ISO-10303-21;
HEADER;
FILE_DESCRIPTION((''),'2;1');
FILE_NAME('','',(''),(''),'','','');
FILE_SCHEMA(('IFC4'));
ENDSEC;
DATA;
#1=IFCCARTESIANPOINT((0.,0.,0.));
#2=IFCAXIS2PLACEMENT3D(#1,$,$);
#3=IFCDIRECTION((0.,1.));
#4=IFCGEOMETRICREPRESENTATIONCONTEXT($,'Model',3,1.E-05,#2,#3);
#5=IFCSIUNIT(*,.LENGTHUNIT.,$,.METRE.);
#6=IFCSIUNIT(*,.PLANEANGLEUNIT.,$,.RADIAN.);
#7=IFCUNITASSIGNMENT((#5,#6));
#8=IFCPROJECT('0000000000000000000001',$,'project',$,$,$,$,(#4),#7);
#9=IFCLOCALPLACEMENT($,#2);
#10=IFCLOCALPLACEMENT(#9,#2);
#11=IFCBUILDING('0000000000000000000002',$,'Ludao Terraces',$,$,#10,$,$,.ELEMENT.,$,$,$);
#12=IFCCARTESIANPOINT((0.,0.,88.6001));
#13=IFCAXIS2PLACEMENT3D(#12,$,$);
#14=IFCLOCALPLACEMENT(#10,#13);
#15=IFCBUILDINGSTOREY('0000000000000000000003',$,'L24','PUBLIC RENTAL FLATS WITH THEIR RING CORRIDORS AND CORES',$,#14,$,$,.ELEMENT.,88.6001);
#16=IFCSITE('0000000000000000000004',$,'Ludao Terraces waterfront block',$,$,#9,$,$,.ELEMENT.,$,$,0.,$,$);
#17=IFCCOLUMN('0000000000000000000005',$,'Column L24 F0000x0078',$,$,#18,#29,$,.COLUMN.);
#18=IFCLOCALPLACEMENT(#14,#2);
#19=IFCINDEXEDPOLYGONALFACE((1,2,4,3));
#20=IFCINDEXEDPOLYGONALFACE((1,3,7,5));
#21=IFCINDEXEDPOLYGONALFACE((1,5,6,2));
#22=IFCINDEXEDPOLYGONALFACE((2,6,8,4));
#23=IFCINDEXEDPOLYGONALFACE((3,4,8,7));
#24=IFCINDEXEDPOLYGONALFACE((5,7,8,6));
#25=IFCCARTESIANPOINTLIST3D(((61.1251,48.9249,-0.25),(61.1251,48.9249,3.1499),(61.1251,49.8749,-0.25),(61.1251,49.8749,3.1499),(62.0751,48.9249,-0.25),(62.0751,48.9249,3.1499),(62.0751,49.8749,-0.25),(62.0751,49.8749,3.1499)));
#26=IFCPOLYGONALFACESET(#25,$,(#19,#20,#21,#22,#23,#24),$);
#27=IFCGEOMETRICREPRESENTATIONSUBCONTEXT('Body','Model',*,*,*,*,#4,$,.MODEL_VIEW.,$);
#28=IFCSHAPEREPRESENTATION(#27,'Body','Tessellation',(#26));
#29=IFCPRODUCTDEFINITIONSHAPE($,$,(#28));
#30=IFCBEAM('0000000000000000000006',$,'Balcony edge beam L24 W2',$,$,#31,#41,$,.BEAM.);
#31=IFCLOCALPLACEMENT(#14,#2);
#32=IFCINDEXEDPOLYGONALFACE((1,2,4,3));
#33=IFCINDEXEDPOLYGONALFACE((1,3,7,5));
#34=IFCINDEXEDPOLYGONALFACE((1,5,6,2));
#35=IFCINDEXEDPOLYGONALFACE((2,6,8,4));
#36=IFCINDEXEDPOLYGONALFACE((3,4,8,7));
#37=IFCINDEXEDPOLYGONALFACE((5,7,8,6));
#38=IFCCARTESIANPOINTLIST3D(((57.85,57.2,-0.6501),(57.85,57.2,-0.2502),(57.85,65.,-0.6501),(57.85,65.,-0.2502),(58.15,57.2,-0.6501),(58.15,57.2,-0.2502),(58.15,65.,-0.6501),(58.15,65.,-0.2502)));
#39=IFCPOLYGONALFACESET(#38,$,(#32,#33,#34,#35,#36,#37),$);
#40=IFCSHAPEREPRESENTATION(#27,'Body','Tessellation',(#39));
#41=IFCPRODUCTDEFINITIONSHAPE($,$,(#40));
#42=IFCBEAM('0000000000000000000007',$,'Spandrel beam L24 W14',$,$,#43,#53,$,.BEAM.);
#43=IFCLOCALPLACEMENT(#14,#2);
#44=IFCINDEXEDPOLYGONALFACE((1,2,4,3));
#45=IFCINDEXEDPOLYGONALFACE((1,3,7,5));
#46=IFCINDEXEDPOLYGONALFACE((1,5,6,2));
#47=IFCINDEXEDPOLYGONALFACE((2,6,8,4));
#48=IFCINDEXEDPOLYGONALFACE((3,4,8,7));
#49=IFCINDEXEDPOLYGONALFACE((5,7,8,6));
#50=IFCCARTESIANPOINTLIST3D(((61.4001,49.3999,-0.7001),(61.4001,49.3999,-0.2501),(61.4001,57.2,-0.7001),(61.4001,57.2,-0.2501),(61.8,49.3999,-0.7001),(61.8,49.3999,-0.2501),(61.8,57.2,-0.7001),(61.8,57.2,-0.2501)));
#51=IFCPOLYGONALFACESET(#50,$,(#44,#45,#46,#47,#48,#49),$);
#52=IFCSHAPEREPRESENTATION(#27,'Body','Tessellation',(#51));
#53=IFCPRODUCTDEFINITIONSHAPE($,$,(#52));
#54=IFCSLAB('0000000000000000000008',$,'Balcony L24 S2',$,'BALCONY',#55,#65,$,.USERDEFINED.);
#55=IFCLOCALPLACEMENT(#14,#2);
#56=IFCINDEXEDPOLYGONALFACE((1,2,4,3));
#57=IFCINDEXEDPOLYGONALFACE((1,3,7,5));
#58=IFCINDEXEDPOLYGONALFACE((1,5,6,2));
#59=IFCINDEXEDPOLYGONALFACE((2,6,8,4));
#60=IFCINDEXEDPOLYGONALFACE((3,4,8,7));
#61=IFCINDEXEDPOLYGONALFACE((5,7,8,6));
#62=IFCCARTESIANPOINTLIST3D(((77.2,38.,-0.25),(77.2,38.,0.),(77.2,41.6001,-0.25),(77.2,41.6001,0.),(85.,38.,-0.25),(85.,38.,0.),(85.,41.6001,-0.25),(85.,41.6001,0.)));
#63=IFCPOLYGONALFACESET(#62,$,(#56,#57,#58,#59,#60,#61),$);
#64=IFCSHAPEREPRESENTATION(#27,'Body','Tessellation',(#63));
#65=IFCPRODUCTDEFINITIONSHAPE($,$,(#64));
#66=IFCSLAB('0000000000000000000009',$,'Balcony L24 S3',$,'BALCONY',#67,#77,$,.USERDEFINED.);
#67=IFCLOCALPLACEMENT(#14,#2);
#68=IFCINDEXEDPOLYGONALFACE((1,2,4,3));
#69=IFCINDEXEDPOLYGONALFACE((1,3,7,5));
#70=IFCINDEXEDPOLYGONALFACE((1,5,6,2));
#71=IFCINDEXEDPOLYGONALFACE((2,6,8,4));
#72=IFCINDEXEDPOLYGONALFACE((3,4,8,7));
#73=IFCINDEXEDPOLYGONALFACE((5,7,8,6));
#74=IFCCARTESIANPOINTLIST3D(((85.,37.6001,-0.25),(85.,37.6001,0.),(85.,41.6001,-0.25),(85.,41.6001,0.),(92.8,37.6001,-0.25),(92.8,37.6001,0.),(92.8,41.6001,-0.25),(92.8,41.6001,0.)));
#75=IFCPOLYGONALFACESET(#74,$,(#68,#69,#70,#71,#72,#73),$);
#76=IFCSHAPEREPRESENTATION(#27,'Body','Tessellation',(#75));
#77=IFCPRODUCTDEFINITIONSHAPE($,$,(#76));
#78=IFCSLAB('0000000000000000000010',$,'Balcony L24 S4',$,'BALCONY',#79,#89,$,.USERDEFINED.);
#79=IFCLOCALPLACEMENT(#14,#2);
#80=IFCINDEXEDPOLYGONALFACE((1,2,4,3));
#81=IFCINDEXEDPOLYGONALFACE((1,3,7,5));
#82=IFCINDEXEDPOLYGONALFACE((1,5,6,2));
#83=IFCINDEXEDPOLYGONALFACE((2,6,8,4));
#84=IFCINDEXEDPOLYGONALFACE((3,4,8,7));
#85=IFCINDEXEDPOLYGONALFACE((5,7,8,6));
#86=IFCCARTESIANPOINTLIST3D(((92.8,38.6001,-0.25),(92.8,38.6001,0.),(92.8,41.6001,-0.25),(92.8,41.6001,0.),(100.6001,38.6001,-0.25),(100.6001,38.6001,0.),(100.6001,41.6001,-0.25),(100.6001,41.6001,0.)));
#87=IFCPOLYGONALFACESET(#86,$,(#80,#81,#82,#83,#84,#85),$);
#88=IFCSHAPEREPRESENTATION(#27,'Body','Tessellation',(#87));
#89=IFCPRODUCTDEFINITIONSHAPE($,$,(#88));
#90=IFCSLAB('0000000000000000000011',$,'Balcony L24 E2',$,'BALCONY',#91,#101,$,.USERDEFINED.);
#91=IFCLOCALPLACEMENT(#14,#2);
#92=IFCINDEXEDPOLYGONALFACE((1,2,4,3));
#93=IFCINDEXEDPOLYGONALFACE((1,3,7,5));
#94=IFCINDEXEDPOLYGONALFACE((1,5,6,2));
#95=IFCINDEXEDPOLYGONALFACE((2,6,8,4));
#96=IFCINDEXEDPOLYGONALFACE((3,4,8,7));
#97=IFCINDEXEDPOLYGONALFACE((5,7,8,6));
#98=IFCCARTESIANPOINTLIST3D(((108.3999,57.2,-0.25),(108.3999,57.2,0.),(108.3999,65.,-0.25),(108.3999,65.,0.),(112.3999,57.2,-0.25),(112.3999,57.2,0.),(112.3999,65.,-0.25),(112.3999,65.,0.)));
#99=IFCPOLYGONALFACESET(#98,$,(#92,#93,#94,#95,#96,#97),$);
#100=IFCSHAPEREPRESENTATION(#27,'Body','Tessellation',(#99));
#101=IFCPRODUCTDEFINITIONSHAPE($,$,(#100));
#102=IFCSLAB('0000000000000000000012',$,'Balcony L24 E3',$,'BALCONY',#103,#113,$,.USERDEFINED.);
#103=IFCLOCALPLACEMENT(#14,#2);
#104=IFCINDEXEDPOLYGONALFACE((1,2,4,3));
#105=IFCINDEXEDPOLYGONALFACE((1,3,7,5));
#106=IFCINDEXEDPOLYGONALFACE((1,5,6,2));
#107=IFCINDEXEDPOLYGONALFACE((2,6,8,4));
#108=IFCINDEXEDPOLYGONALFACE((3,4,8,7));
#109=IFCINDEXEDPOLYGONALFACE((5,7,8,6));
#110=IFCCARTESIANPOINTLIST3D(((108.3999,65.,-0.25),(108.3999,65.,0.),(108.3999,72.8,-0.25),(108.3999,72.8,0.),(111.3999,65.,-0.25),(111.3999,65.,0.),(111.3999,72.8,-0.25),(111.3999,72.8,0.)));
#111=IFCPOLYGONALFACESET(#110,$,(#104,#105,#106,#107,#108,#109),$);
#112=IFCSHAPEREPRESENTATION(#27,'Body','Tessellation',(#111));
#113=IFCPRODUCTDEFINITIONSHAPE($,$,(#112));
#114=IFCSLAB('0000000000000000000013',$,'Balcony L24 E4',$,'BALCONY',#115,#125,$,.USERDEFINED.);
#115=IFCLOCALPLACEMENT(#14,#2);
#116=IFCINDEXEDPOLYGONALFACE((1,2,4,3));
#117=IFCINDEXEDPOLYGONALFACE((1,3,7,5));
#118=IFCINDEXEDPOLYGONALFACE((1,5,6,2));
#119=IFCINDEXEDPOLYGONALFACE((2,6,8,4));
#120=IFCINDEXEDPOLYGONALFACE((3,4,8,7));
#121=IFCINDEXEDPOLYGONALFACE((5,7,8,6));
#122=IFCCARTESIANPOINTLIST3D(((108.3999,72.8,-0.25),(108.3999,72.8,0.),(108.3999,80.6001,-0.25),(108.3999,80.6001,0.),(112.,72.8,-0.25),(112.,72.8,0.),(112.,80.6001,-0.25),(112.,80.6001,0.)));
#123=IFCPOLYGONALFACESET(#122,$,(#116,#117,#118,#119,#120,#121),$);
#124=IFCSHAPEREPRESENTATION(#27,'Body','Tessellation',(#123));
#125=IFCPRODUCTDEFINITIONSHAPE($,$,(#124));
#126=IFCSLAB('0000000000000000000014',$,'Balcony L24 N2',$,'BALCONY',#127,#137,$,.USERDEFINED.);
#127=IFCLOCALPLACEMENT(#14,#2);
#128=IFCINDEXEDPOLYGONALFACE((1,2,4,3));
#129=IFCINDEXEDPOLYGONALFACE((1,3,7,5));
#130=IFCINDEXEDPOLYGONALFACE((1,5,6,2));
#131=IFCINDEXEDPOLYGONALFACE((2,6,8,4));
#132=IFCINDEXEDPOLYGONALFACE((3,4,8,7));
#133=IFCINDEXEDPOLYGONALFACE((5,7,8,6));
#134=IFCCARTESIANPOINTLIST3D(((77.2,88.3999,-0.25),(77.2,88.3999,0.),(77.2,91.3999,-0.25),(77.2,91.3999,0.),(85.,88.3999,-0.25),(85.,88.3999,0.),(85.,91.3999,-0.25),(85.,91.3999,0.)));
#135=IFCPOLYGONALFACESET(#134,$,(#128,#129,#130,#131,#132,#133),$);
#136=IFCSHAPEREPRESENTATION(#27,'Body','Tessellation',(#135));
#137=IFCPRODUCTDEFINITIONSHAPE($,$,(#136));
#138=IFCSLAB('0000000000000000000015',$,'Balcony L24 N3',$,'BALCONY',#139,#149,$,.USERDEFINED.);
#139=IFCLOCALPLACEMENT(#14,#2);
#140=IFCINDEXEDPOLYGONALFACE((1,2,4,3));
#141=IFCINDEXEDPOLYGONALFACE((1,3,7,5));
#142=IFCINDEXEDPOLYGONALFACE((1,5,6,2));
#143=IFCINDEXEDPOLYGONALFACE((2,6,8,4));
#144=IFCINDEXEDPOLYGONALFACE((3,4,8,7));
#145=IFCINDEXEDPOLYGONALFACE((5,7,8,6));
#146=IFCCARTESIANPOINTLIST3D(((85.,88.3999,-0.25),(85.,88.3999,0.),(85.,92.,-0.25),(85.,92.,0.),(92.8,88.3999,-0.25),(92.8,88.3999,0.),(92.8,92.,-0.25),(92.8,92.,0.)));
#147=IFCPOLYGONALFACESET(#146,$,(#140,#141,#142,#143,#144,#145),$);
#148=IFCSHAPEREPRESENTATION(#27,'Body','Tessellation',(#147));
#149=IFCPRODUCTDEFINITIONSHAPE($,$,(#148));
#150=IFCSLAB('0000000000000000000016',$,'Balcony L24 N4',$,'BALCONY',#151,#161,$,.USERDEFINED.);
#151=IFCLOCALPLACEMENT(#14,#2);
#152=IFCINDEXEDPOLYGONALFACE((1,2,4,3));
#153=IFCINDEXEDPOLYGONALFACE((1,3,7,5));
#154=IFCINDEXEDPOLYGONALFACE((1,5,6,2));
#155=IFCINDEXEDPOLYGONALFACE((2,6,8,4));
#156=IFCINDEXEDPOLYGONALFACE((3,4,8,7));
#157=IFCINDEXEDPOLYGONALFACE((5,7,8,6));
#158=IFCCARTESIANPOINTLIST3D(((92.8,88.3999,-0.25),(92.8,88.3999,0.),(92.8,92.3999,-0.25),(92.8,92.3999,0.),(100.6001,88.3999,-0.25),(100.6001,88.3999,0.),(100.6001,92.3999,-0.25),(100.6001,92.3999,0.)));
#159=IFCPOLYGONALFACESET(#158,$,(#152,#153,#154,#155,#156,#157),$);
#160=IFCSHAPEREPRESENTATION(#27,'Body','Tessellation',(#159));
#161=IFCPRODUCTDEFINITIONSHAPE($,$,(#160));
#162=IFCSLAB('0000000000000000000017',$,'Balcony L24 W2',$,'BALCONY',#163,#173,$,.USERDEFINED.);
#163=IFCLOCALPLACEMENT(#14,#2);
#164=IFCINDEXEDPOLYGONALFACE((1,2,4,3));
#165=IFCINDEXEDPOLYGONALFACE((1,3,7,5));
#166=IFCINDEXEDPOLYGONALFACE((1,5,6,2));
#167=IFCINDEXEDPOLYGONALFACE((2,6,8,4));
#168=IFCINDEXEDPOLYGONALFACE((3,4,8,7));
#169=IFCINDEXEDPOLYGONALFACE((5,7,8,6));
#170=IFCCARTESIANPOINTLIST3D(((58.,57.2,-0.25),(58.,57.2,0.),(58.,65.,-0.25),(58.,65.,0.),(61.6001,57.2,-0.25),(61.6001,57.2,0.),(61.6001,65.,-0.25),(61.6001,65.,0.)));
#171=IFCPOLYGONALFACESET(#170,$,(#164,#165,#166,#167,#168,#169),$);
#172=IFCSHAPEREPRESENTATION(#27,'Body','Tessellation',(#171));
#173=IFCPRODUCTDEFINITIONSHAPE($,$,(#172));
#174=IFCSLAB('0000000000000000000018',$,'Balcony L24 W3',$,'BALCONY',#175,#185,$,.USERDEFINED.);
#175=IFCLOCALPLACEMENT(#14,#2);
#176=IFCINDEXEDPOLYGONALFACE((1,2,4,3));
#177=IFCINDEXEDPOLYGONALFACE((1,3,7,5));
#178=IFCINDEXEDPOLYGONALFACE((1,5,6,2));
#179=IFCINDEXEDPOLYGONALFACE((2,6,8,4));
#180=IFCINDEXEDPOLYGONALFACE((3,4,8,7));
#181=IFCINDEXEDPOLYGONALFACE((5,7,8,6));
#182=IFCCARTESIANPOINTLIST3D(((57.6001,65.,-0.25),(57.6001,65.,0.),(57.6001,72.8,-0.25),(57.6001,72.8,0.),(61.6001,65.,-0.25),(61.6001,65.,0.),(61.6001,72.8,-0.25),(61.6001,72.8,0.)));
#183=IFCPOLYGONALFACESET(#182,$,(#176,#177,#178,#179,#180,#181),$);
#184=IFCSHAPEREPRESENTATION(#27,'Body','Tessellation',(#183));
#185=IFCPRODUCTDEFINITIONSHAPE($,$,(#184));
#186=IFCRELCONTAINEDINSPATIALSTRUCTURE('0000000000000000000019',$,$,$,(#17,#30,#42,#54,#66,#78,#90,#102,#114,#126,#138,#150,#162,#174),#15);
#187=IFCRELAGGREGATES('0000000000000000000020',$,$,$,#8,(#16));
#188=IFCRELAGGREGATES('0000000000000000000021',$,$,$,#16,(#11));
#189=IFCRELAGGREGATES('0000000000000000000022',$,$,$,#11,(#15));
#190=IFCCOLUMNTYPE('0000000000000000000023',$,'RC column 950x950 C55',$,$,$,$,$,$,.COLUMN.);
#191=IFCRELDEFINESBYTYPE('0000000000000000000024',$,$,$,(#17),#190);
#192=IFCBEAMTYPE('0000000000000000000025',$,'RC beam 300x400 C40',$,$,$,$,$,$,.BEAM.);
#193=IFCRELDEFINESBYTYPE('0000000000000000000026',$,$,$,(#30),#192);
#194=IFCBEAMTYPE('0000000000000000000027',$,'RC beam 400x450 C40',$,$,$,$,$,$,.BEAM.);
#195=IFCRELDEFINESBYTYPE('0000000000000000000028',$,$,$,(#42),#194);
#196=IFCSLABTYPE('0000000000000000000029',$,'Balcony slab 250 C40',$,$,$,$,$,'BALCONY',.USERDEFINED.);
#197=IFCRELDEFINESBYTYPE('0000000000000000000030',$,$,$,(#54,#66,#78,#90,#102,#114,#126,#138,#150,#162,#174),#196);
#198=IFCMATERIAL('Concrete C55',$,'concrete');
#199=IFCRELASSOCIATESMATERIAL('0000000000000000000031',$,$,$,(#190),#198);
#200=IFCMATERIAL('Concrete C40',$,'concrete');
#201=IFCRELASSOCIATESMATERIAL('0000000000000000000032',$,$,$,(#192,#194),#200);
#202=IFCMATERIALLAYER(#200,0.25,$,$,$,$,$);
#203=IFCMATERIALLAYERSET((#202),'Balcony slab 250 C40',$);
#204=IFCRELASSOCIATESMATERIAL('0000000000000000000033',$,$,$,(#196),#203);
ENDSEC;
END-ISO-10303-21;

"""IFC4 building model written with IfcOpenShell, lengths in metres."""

from ifc_helpers import new_model, si_unit, direction, frame, origin, origin_2d, place, context, subcontext, project, spatial, polyline, rectangle, outline, extrude, material, layer, layer_set, material_profile, profile_set, type_object, element, save


model = new_model("IFC4")

# Units and contexts
model_context = context("Model", 3, precision=1e-05, world=origin(), true_north=direction((0.0, 1.0)))
body_context = subcontext(model_context, "Body", "Model", "MODEL_VIEW")
ifc_project = project(units=[si_unit("LENGTHUNIT", "METRE"), si_unit("PLANEANGLEUNIT", "RADIAN")], contexts=[model_context])

# Site, building, storey
site_placement = place(None, origin())
site = spatial("IfcSite", under=ifc_project, at=site_placement, Name="Ludao Terraces waterfront block", CompositionType="ELEMENT", RefElevation=0.0)
building_placement = place(site_placement, origin())
building = spatial("IfcBuilding", under=site, at=building_placement, Name="Ludao Terraces", CompositionType="ELEMENT")
storey_placement = place(building_placement, frame((0.0, 0.0, 88.6001)))
storey = spatial("IfcBuildingStorey", under=building, at=storey_placement, Name="L24", Description="PUBLIC RENTAL FLATS WITH THEIR RING CORRIDORS AND CORES", CompositionType="ELEMENT", Elevation=88.6001)

# Column
ifc_material_1 = material(Name="Concrete C55", Category="concrete")
ifc_material_profile_1 = material_profile(ifc_material_1, rectangle(XDim=0.95, YDim=0.95, at=origin_2d()), Name="950 X 950")
ifc_profile_set_1 = profile_set([ifc_material_profile_1], Name="Concrete C55")
column_type = type_object("IfcColumnType", Name="RC column 950x950 C55", PredefinedType="COLUMN", material=ifc_profile_set_1)
column_placement = place(storey_placement, frame((61.6001, 49.3999, -0.25), z_axis=(0.0, 0.0, 1.0), x_axis=(1.0, 0.0, 0.0)))
element("IfcColumn", 1, at=column_placement, inside=storey, type_object=column_type, Name="Column L24 F0000x0078", PredefinedType="COLUMN", context=body_context, shape_type="SweptSolid", body=[
    extrude(rectangle(XDim=0.95, YDim=0.95, at=origin_2d()), origin(), (0.0, 0.0, 1.0), 3.3999),
])

# Beams
ifc_material_2 = material(Name="Concrete C40", Category="concrete")
ifc_material_profile_2 = material_profile(ifc_material_2, rectangle(XDim=0.3, YDim=0.3999, at=origin_2d()), Name="300 X 400")
ifc_profile_set_2 = profile_set([ifc_material_profile_2], Name="Concrete C40")
beam_type_1 = type_object("IfcBeamType", Name="RC beam 300x400 C40", PredefinedType="BEAM", material=ifc_profile_set_2)
beam_1_placement = place(storey_placement, frame((58.0, 57.2, -0.4502), z_axis=(0.0, 1.0, 0.0), x_axis=(-1.0, 0.0, 0.0)))
element("IfcBeam", 2, at=beam_1_placement, inside=storey, type_object=beam_type_1, Name="Balcony edge beam L24 W2", PredefinedType="BEAM", context=body_context, shape_type="SweptSolid", body=[
    extrude(rectangle(XDim=0.3, YDim=0.3999, at=origin_2d()), origin(), (0.0, 0.0, 1.0), 7.8),
])
ifc_material_profile_3 = material_profile(ifc_material_2, rectangle(XDim=0.3999, YDim=0.45, at=origin_2d()), Name="400 X 450")
ifc_profile_set_3 = profile_set([ifc_material_profile_3], Name="Concrete C40")
beam_type_2 = type_object("IfcBeamType", Name="RC beam 400x450 C40", PredefinedType="BEAM", material=ifc_profile_set_3)
beam_2_placement = place(storey_placement, frame((61.6001, 49.3999, -0.4751), z_axis=(0.0, 1.0, 0.0), x_axis=(-1.0, 0.0, 0.0)))
element("IfcBeam", 3, at=beam_2_placement, inside=storey, type_object=beam_type_2, Name="Spandrel beam L24 W14", PredefinedType="BEAM", context=body_context, shape_type="SweptSolid", body=[
    extrude(rectangle(XDim=0.3999, YDim=0.45, at=origin_2d()), origin(), (0.0, 0.0, 1.0), 7.8),
])

# Slabs
ifc_layer_1 = layer(ifc_material_2, 0.25)
ifc_layer_set_1 = layer_set([ifc_layer_1], Name="Balcony slab 250 C40")
slab_type_1 = type_object("IfcSlabType", Name="Balcony slab 250 C40", ElementType="BALCONY", PredefinedType="USERDEFINED", material=ifc_layer_set_1)
slab_1_placement = place(storey_placement, frame((0.0, 0.0, -0.25)))
element("IfcSlab", 4, at=slab_1_placement, inside=storey, type_object=slab_type_1, Name="Balcony L24 S2", ObjectType="BALCONY", PredefinedType="USERDEFINED", context=body_context, shape_type="SweptSolid", body=[
    extrude(outline(polyline([(77.2, 38.0), (85.0, 38.0), (85.0, 41.6001), (77.2, 41.6001), (77.2, 38.0)])), origin(), (0.0, 0.0, 1.0), 0.25),
])
slab_2_placement = place(storey_placement, frame((0.0, 0.0, -0.25)))
element("IfcSlab", 5, at=slab_2_placement, inside=storey, type_object=slab_type_1, Name="Balcony L24 S3", ObjectType="BALCONY", PredefinedType="USERDEFINED", context=body_context, shape_type="SweptSolid", body=[
    extrude(outline(polyline([(85.0, 37.6001), (92.8, 37.6001), (92.8, 41.6001), (85.0, 41.6001), (85.0, 37.6001)])), origin(), (0.0, 0.0, 1.0), 0.25),
])
slab_3_placement = place(storey_placement, frame((0.0, 0.0, -0.25)))
element("IfcSlab", 6, at=slab_3_placement, inside=storey, type_object=slab_type_1, Name="Balcony L24 S4", ObjectType="BALCONY", PredefinedType="USERDEFINED", context=body_context, shape_type="SweptSolid", body=[
    extrude(outline(polyline([(92.8, 38.6001), (100.6001, 38.6001), (100.6001, 41.6001), (92.8, 41.6001), (92.8, 38.6001)])), origin(), (0.0, 0.0, 1.0), 0.25),
])
slab_4_placement = place(storey_placement, frame((0.0, 0.0, -0.25)))
element("IfcSlab", 7, at=slab_4_placement, inside=storey, type_object=slab_type_1, Name="Balcony L24 E2", ObjectType="BALCONY", PredefinedType="USERDEFINED", context=body_context, shape_type="SweptSolid", body=[
    extrude(outline(polyline([(108.3999, 57.2), (112.3999, 57.2), (112.3999, 65.0), (108.3999, 65.0), (108.3999, 57.2)])), origin(), (0.0, 0.0, 1.0), 0.25),
])
slab_5_placement = place(storey_placement, frame((0.0, 0.0, -0.25)))
element("IfcSlab", 8, at=slab_5_placement, inside=storey, type_object=slab_type_1, Name="Balcony L24 E3", ObjectType="BALCONY", PredefinedType="USERDEFINED", context=body_context, shape_type="SweptSolid", body=[
    extrude(outline(polyline([(108.3999, 65.0), (111.3999, 65.0), (111.3999, 72.8), (108.3999, 72.8), (108.3999, 65.0)])), origin(), (0.0, 0.0, 1.0), 0.25),
])
slab_6_placement = place(storey_placement, frame((0.0, 0.0, -0.25)))
element("IfcSlab", 9, at=slab_6_placement, inside=storey, type_object=slab_type_1, Name="Balcony L24 E4", ObjectType="BALCONY", PredefinedType="USERDEFINED", context=body_context, shape_type="SweptSolid", body=[
    extrude(outline(polyline([(108.3999, 72.8), (112.0, 72.8), (112.0, 80.6001), (108.3999, 80.6001), (108.3999, 72.8)])), origin(), (0.0, 0.0, 1.0), 0.25),
])
slab_7_placement = place(storey_placement, frame((0.0, 0.0, -0.25)))
element("IfcSlab", 10, at=slab_7_placement, inside=storey, type_object=slab_type_1, Name="Balcony L24 N2", ObjectType="BALCONY", PredefinedType="USERDEFINED", context=body_context, shape_type="SweptSolid", body=[
    extrude(outline(polyline([(77.2, 88.3999), (85.0, 88.3999), (85.0, 91.3999), (77.2, 91.3999), (77.2, 88.3999)])), origin(), (0.0, 0.0, 1.0), 0.25),
])
slab_8_placement = place(storey_placement, frame((0.0, 0.0, -0.25)))
element("IfcSlab", 11, at=slab_8_placement, inside=storey, type_object=slab_type_1, Name="Balcony L24 N3", ObjectType="BALCONY", PredefinedType="USERDEFINED", context=body_context, shape_type="SweptSolid", body=[
    extrude(outline(polyline([(85.0, 88.3999), (92.8, 88.3999), (92.8, 92.0), (85.0, 92.0), (85.0, 88.3999)])), origin(), (0.0, 0.0, 1.0), 0.25),
])
slab_9_placement = place(storey_placement, frame((0.0, 0.0, -0.25)))
element("IfcSlab", 12, at=slab_9_placement, inside=storey, type_object=slab_type_1, Name="Balcony L24 N4", ObjectType="BALCONY", PredefinedType="USERDEFINED", context=body_context, shape_type="SweptSolid", body=[
    extrude(outline(polyline([(92.8, 88.3999), (100.6001, 88.3999), (100.6001, 92.3999), (92.8, 92.3999), (92.8, 88.3999)])), origin(), (0.0, 0.0, 1.0), 0.25),
])
slab_10_placement = place(storey_placement, frame((0.0, 0.0, -0.25)))
element("IfcSlab", 13, at=slab_10_placement, inside=storey, type_object=slab_type_1, Name="Balcony L24 W2", ObjectType="BALCONY", PredefinedType="USERDEFINED", context=body_context, shape_type="SweptSolid", body=[
    extrude(outline(polyline([(58.0, 57.2), (61.6001, 57.2), (61.6001, 65.0), (58.0, 65.0), (58.0, 57.2)])), origin(), (0.0, 0.0, 1.0), 0.25),
])
slab_11_placement = place(storey_placement, frame((0.0, 0.0, -0.25)))
element("IfcSlab", 14, at=slab_11_placement, inside=storey, type_object=slab_type_1, Name="Balcony L24 W3", ObjectType="BALCONY", PredefinedType="USERDEFINED", context=body_context, shape_type="SweptSolid", body=[
    extrude(outline(polyline([(57.6001, 65.0), (61.6001, 65.0), (61.6001, 72.8), (57.6001, 72.8), (57.6001, 65.0)])), origin(), (0.0, 0.0, 1.0), 0.25),
])

save(model, "model.ifc")
